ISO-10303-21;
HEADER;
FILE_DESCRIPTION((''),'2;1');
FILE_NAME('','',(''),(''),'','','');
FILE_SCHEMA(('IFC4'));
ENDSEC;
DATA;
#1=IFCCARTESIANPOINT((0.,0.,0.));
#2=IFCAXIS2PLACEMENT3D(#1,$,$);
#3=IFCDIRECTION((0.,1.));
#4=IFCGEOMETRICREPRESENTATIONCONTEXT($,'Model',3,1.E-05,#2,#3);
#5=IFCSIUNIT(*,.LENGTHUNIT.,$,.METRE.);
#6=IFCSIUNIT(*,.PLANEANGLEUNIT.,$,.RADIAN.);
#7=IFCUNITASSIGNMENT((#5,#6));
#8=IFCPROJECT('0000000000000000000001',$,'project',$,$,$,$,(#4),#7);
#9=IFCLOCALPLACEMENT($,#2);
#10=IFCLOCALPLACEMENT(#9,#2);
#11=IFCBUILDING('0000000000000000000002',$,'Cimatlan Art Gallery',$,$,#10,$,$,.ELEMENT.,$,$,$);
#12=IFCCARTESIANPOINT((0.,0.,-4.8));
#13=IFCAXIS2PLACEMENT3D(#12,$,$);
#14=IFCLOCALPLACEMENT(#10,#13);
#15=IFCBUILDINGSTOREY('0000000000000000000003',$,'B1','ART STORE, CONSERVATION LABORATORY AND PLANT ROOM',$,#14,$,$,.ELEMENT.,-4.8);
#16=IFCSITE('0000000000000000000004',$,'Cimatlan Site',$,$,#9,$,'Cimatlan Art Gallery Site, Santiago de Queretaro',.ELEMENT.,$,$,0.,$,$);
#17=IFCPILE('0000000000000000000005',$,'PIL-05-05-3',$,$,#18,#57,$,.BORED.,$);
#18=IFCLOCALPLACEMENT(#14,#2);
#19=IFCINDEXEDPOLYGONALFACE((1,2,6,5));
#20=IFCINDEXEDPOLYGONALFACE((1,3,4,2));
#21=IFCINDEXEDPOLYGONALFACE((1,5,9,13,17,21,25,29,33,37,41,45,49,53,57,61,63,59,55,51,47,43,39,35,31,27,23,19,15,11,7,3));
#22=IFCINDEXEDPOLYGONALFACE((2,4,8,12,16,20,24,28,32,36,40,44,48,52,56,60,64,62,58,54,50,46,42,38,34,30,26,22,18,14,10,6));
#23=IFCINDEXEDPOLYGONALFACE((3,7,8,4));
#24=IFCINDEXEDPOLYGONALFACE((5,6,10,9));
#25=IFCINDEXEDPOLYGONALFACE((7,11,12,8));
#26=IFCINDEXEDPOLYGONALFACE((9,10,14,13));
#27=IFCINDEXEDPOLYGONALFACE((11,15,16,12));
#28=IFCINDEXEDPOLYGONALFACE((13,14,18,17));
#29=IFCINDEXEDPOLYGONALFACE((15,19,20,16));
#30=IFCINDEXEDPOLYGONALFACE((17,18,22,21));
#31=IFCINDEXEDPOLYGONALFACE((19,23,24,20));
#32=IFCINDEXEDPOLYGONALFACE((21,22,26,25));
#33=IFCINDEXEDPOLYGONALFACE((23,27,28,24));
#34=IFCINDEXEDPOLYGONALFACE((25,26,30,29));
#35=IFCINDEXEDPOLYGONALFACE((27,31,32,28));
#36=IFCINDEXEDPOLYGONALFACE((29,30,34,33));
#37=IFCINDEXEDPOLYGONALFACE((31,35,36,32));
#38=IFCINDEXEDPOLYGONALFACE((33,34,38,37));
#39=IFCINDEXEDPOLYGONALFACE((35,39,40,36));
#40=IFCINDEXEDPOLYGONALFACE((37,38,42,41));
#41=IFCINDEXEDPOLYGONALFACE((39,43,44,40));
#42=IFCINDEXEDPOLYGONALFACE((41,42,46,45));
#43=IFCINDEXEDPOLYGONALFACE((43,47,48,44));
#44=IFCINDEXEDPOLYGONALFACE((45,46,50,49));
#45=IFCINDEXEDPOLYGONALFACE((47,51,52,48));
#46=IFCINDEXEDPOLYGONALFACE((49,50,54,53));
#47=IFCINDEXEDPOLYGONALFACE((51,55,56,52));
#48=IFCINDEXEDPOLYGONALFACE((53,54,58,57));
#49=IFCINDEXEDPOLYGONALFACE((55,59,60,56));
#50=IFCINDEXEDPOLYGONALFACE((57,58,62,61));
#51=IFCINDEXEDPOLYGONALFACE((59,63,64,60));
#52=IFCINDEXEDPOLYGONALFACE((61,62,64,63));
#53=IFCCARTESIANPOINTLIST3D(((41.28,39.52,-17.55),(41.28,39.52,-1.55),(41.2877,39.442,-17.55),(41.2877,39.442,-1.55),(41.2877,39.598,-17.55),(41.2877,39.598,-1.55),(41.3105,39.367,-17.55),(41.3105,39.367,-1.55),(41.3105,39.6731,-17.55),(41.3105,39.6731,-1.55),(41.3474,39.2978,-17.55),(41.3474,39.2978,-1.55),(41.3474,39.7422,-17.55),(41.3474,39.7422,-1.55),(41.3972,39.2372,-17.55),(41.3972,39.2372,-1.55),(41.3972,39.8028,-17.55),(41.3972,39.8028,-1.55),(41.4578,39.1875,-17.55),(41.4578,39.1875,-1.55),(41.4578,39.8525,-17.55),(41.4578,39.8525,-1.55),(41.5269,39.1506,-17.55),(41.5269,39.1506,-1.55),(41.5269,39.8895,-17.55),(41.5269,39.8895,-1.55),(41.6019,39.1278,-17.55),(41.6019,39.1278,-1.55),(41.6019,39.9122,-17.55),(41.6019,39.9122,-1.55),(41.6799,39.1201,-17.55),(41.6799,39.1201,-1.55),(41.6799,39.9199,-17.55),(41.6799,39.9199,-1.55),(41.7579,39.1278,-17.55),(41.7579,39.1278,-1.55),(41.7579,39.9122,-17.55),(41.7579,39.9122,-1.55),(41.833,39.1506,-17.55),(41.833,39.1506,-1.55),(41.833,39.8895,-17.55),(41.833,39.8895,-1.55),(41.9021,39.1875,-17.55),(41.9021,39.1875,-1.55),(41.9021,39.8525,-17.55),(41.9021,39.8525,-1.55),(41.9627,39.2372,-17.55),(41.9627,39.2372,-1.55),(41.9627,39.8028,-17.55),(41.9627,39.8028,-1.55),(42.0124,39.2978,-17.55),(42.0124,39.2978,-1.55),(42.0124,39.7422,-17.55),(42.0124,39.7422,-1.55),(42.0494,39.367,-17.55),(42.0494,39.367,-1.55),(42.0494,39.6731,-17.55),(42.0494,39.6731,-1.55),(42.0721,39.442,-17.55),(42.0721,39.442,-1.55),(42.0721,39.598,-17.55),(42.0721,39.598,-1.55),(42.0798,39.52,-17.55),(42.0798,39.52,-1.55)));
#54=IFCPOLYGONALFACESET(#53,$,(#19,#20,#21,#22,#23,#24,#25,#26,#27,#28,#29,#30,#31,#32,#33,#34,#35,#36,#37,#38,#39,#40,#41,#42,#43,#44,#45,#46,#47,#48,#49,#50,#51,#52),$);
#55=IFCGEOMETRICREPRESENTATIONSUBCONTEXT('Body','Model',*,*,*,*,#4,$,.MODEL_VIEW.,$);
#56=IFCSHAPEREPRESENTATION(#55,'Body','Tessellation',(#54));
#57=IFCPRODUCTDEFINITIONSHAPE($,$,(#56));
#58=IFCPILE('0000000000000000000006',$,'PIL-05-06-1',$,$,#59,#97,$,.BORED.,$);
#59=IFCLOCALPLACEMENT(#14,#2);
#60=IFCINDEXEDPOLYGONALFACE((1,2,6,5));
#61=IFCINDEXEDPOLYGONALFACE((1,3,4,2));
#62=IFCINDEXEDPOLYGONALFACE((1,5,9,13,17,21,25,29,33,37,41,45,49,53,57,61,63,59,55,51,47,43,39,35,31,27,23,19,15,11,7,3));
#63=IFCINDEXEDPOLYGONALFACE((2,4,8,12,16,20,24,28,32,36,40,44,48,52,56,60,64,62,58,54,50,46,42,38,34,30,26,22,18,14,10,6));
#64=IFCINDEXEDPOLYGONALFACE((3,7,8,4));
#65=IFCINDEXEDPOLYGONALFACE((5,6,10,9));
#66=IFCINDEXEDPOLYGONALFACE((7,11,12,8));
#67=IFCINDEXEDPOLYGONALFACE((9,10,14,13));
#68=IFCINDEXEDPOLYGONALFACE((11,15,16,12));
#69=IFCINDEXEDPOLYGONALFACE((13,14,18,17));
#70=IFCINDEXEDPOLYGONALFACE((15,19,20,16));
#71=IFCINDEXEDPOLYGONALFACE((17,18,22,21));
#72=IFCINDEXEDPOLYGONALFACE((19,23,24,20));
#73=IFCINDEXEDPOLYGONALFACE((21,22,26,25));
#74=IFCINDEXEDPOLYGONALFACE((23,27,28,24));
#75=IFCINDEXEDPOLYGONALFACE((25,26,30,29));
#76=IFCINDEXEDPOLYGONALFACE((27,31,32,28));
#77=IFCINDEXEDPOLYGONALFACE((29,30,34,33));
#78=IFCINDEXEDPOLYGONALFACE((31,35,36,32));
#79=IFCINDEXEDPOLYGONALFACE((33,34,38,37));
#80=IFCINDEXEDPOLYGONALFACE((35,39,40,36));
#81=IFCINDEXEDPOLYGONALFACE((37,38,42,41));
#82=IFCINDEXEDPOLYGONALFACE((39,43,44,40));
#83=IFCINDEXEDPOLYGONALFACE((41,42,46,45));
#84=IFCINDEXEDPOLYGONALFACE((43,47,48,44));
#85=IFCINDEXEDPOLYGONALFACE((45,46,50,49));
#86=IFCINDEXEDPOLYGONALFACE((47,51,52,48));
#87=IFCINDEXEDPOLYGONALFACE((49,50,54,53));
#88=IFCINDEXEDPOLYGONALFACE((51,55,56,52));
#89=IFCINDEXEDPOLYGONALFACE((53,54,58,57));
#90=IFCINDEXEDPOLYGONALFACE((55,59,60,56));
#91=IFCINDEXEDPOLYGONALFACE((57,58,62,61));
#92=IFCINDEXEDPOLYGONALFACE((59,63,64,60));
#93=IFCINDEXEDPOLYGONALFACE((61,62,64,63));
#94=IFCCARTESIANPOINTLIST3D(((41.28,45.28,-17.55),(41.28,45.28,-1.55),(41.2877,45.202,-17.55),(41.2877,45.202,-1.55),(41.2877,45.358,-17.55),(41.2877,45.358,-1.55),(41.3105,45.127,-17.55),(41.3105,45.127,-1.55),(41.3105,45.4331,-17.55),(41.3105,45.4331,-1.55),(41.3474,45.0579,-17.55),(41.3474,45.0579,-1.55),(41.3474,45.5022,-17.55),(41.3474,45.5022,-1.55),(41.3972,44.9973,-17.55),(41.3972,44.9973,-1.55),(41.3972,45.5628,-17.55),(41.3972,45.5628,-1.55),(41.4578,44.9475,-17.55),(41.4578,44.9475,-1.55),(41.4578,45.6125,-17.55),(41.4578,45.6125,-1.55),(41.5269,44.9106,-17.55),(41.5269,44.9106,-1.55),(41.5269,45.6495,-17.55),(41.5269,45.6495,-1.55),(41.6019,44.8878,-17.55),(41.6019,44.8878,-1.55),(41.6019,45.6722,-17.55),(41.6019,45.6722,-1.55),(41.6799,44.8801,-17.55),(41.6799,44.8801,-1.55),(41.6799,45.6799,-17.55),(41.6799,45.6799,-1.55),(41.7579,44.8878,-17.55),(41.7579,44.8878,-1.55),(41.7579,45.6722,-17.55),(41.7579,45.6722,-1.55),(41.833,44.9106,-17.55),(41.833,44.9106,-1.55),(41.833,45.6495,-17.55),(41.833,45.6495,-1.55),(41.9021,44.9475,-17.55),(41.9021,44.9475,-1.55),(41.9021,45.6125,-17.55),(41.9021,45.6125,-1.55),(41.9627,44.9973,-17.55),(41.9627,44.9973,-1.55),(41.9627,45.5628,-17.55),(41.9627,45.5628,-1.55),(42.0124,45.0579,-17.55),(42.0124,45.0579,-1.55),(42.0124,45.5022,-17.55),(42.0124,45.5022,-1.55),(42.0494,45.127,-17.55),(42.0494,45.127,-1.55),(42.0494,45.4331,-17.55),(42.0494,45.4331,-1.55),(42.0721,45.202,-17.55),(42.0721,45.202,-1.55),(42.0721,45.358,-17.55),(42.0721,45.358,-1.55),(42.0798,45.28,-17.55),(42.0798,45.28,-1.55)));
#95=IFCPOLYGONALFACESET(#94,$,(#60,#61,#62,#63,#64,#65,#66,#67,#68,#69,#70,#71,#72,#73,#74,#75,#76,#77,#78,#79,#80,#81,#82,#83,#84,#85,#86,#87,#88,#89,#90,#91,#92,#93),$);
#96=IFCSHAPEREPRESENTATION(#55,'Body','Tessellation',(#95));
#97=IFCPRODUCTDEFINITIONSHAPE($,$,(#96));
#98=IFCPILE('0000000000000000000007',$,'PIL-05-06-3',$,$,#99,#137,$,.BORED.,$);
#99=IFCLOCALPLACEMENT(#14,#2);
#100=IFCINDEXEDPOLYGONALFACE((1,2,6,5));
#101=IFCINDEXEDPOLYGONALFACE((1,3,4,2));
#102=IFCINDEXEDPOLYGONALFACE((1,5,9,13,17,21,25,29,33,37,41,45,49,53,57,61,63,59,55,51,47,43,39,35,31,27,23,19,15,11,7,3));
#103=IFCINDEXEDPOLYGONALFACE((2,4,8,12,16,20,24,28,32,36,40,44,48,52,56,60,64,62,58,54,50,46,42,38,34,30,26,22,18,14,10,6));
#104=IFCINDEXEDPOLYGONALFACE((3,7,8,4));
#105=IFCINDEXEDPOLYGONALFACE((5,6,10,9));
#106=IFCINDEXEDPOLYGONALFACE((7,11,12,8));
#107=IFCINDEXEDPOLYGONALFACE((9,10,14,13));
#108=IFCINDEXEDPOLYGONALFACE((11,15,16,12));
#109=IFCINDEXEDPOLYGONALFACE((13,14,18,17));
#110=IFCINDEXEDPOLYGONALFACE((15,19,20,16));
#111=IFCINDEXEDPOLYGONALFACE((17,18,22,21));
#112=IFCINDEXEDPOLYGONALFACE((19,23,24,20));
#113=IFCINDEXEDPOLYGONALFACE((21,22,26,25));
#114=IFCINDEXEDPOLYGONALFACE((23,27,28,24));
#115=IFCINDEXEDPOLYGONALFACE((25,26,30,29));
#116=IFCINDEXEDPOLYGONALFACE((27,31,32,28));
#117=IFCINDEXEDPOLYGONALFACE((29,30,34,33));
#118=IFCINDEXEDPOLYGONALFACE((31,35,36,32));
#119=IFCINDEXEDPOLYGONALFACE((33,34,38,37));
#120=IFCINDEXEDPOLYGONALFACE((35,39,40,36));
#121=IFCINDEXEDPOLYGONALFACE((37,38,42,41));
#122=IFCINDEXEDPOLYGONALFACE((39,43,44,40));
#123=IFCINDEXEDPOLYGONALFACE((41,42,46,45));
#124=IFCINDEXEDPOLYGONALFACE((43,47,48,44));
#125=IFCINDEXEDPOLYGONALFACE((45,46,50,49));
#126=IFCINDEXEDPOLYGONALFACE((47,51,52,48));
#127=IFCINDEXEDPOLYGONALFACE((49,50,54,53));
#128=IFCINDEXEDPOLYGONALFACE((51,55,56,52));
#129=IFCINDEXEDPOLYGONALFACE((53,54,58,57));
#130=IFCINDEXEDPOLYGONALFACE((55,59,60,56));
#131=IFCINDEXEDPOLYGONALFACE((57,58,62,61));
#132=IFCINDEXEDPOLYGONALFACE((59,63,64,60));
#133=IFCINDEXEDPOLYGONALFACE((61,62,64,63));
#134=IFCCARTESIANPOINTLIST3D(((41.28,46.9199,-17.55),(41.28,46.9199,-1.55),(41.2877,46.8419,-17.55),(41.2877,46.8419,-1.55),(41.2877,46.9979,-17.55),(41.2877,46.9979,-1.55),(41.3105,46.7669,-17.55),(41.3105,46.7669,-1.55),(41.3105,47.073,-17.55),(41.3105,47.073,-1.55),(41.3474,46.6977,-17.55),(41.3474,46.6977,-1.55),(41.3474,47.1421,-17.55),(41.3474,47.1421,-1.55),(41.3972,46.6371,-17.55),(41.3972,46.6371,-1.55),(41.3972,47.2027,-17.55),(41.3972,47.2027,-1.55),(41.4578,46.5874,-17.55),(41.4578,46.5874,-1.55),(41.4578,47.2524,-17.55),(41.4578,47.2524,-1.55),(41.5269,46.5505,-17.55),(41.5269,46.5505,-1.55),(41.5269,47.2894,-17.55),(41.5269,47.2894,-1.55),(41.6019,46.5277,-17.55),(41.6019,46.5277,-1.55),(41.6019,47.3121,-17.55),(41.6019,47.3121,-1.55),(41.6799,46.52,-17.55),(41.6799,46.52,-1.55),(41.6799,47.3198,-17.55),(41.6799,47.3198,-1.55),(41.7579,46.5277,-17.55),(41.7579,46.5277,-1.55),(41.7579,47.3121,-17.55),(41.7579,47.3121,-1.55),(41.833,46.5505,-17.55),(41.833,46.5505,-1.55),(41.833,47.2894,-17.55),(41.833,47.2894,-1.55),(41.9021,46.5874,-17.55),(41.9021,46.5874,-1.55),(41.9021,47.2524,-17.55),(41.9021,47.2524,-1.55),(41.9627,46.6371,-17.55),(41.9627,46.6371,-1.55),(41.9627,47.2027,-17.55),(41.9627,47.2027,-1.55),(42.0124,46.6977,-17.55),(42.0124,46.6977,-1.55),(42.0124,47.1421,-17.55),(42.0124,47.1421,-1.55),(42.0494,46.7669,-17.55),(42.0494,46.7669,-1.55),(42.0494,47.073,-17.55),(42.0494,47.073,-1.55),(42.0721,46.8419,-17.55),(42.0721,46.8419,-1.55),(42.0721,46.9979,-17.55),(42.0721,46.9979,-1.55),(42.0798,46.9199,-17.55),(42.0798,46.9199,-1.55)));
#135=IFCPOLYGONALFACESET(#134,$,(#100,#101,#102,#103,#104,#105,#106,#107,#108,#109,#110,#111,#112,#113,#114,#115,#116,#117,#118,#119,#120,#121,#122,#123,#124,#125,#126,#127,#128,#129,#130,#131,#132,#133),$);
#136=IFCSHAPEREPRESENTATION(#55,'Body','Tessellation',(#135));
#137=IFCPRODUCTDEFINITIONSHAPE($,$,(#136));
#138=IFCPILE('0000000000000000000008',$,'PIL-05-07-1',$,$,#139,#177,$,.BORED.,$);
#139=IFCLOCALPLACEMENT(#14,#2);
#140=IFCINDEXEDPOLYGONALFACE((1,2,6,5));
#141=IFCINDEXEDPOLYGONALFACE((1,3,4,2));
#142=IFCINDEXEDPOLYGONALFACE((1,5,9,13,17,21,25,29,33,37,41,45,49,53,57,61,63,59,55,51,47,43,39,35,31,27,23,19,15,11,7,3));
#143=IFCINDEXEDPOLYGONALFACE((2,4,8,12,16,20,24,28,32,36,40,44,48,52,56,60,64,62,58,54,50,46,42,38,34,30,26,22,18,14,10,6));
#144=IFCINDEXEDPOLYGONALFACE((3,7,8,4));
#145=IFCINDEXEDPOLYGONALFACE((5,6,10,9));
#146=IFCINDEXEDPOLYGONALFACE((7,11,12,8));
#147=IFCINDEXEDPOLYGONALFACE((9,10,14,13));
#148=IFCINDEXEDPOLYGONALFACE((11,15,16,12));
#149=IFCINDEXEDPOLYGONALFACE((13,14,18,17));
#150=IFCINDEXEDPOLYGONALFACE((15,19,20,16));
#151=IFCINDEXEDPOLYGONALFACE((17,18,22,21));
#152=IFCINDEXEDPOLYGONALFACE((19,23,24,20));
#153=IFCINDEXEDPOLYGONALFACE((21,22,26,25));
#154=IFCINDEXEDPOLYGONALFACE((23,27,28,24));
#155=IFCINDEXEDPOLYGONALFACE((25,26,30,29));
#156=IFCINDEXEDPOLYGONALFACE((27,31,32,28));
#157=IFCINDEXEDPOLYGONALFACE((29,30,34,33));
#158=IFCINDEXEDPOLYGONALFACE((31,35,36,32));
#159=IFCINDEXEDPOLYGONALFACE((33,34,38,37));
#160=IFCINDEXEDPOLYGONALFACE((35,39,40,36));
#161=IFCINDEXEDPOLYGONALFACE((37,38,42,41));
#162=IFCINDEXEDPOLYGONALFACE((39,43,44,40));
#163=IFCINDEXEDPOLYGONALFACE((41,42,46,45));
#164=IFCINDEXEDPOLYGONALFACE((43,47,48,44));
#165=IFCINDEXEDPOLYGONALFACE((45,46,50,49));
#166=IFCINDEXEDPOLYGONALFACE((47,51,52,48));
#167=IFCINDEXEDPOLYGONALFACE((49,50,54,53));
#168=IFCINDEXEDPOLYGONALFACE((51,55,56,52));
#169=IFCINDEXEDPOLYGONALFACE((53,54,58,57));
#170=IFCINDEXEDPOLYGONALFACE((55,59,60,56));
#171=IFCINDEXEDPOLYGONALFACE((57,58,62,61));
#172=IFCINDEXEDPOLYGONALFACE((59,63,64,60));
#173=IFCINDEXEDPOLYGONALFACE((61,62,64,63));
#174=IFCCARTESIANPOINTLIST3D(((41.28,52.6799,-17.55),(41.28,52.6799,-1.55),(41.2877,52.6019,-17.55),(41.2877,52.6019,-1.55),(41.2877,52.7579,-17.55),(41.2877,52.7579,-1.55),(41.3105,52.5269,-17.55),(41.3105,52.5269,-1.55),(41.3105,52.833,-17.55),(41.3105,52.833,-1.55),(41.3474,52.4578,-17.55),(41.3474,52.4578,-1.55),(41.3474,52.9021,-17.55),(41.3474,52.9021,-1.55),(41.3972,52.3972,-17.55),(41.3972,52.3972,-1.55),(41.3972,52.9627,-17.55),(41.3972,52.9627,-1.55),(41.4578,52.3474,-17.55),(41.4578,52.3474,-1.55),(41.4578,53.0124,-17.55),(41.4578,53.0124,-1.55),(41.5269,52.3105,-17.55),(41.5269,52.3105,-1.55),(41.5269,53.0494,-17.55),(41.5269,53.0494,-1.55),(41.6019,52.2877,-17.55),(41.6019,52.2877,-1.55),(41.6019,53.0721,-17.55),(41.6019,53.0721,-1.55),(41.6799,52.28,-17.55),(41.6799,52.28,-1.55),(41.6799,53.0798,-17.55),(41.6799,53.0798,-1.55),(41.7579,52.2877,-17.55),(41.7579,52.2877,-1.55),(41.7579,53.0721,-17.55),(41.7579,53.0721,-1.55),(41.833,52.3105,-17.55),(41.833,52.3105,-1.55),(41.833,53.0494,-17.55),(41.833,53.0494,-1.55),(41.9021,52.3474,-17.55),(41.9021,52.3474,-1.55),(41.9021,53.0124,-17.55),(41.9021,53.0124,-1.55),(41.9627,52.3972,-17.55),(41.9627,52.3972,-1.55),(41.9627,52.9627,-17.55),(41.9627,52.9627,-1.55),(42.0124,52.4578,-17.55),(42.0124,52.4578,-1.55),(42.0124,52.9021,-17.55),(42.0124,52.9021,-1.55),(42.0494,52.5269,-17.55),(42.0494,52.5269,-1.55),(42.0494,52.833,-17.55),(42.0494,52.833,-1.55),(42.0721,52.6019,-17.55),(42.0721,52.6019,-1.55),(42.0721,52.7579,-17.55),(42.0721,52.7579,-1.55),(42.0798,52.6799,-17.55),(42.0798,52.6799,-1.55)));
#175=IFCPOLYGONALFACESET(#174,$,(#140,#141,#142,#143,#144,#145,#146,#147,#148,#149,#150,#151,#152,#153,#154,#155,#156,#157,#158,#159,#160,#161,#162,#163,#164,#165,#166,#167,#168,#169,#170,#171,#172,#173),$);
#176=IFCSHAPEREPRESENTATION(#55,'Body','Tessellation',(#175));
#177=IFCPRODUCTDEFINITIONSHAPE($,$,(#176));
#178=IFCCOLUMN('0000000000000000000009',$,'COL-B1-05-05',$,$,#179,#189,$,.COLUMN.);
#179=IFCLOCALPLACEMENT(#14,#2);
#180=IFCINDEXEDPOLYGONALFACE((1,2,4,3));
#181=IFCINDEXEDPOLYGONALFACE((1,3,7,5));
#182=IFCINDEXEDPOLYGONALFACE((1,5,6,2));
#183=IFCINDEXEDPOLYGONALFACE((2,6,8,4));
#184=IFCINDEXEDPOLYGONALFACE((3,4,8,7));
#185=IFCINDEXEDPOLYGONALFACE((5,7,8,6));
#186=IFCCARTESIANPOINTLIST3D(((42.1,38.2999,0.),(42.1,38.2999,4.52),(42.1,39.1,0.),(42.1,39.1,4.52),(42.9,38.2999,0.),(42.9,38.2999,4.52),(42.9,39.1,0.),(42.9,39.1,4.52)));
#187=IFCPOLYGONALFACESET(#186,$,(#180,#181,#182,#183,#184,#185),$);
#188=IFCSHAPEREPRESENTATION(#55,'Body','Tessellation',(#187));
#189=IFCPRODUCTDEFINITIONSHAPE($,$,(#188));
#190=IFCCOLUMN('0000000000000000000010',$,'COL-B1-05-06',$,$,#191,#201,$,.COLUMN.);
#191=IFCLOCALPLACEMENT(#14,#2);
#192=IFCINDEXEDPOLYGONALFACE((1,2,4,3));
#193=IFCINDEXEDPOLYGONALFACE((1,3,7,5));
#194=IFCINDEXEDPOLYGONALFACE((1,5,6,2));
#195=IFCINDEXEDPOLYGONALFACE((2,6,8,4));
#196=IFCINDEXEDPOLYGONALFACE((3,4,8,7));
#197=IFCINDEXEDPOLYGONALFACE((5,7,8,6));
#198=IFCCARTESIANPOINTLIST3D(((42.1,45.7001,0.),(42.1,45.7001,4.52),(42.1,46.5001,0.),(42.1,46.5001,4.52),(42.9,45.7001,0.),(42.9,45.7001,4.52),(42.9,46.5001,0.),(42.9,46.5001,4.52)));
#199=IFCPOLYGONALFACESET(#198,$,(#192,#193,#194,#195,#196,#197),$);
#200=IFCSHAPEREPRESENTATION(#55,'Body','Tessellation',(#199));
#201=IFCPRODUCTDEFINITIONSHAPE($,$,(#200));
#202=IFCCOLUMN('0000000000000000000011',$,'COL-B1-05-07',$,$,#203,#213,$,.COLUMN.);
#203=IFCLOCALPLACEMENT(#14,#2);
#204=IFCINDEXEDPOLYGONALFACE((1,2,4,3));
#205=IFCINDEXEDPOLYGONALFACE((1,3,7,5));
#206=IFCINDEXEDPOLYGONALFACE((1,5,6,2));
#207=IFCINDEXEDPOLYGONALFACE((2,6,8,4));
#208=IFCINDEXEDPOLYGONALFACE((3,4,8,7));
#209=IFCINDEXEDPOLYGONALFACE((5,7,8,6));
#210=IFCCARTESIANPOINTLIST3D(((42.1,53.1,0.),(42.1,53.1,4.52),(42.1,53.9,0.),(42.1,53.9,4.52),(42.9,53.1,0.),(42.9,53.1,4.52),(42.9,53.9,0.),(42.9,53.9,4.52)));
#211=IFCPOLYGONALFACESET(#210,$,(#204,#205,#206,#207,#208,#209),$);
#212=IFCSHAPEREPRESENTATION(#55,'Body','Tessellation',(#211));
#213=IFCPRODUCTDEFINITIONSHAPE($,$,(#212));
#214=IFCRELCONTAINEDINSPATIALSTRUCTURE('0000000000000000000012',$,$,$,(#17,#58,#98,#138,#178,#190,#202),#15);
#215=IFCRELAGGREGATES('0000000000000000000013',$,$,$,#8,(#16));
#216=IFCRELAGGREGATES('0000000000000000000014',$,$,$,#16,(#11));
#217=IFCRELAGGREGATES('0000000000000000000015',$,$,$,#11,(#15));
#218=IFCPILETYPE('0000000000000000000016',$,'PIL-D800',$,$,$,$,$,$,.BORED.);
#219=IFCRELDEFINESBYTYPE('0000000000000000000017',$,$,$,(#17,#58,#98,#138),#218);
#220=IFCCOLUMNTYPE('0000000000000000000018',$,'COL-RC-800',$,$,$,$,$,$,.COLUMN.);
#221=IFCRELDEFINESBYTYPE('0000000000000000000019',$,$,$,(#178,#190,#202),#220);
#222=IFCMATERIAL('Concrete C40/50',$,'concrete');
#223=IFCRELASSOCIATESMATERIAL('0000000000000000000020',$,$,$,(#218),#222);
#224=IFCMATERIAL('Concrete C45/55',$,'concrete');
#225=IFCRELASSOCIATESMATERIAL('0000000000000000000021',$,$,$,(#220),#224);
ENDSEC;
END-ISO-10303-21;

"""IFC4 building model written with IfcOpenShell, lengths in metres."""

from ifc_helpers import new_model, si_unit, direction, frame, origin, origin_2d, place, context, subcontext, project, spatial, rectangle, circle, extrude, material, material_profile, profile_set, type_object, element, save


model = new_model("IFC4")

# Units and contexts
model_context = context("Model", 3, precision=1e-05, world=origin(), true_north=direction((0.0, 1.0)))
body_context = subcontext(model_context, "Body", "Model", "MODEL_VIEW")
ifc_project = project(units=[si_unit("LENGTHUNIT", "METRE"), si_unit("PLANEANGLEUNIT", "RADIAN")], contexts=[model_context])

# Site, building, storey
site_placement = place(None, origin())
site = spatial("IfcSite", under=ifc_project, at=site_placement, Name="Cimatlan Site", LongName="Cimatlan Art Gallery Site, Santiago de Queretaro", CompositionType="ELEMENT", RefElevation=0.0)
building_placement = place(site_placement, origin())
building = spatial("IfcBuilding", under=site, at=building_placement, Name="Cimatlan Art Gallery", CompositionType="ELEMENT")
storey_placement = place(building_placement, frame((0.0, 0.0, -4.8)))
storey = spatial("IfcBuildingStorey", under=building, at=storey_placement, Name="B1", Description="ART STORE, CONSERVATION LABORATORY AND PLANT ROOM", CompositionType="ELEMENT", Elevation=-4.8)

# Shared definitions
ifc_material_1 = material(Name="Concrete C40/50", Category="concrete")

# Piles
pile_type = type_object("IfcPileType", Name="PIL-D800", PredefinedType="BORED", material=ifc_material_1)
for number, where, z_axis, x_axis, name in (
    (1, (41.6799, 39.52, -1.55), (0.0, 0.0, -1.0), (1.0, 0.0, 0.0), "PIL-05-05-3"),
    (2, (41.6799, 45.28, -1.55), (0.0, 0.0, -1.0), (1.0, 0.0, 0.0), "PIL-05-06-1"),
    (3, (41.6799, 46.9199, -1.55), (0.0, 0.0, -1.0), (1.0, 0.0, 0.0), "PIL-05-06-3"),
    (4, (41.6799, 52.6799, -1.55), (0.0, 0.0, -1.0), (1.0, 0.0, 0.0), "PIL-05-07-1"),
):
    element("IfcPile", number, at=place(storey_placement, frame(where, z_axis=z_axis, x_axis=x_axis)), inside=storey, type_object=pile_type, Name=name, PredefinedType="BORED", context=body_context, shape_type="SweptSolid", body=[
        extrude(circle(Radius=0.3999, at=origin_2d()), origin(), (0.0, 0.0, 1.0), 16.0),
    ])

# Columns
ifc_material_2 = material(Name="Concrete C45/55", Category="concrete")
ifc_material_profile_1 = material_profile(ifc_material_2, rectangle(XDim=0.8, YDim=0.8, at=origin_2d()), Name="RC800X800")
ifc_profile_set_1 = profile_set([ifc_material_profile_1], Name="Concrete C45/55")
column_type = type_object("IfcColumnType", Name="COL-RC-800", PredefinedType="COLUMN", material=ifc_profile_set_1)
for number, where, z_axis, x_axis, name in (
    (5, (42.5, 38.7, 0.0), (0.0, 0.0, 1.0), (1.0, 0.0, 0.0), "COL-B1-05-05"),
    (6, (42.5, 46.1001, 0.0), (0.0, 0.0, 1.0), (1.0, 0.0, 0.0), "COL-B1-05-06"),
    (7, (42.5, 53.5, 0.0), (0.0, 0.0, 1.0), (1.0, 0.0, 0.0), "COL-B1-05-07"),
):
    element("IfcColumn", number, at=place(storey_placement, frame(where, z_axis=z_axis, x_axis=x_axis)), inside=storey, type_object=column_type, Name=name, PredefinedType="COLUMN", context=body_context, shape_type="SweptSolid", body=[
        extrude(rectangle(XDim=0.8, YDim=0.8, at=origin_2d()), origin(), (0.0, 0.0, 1.0), 4.52),
    ])

save(model, "model.ifc")
